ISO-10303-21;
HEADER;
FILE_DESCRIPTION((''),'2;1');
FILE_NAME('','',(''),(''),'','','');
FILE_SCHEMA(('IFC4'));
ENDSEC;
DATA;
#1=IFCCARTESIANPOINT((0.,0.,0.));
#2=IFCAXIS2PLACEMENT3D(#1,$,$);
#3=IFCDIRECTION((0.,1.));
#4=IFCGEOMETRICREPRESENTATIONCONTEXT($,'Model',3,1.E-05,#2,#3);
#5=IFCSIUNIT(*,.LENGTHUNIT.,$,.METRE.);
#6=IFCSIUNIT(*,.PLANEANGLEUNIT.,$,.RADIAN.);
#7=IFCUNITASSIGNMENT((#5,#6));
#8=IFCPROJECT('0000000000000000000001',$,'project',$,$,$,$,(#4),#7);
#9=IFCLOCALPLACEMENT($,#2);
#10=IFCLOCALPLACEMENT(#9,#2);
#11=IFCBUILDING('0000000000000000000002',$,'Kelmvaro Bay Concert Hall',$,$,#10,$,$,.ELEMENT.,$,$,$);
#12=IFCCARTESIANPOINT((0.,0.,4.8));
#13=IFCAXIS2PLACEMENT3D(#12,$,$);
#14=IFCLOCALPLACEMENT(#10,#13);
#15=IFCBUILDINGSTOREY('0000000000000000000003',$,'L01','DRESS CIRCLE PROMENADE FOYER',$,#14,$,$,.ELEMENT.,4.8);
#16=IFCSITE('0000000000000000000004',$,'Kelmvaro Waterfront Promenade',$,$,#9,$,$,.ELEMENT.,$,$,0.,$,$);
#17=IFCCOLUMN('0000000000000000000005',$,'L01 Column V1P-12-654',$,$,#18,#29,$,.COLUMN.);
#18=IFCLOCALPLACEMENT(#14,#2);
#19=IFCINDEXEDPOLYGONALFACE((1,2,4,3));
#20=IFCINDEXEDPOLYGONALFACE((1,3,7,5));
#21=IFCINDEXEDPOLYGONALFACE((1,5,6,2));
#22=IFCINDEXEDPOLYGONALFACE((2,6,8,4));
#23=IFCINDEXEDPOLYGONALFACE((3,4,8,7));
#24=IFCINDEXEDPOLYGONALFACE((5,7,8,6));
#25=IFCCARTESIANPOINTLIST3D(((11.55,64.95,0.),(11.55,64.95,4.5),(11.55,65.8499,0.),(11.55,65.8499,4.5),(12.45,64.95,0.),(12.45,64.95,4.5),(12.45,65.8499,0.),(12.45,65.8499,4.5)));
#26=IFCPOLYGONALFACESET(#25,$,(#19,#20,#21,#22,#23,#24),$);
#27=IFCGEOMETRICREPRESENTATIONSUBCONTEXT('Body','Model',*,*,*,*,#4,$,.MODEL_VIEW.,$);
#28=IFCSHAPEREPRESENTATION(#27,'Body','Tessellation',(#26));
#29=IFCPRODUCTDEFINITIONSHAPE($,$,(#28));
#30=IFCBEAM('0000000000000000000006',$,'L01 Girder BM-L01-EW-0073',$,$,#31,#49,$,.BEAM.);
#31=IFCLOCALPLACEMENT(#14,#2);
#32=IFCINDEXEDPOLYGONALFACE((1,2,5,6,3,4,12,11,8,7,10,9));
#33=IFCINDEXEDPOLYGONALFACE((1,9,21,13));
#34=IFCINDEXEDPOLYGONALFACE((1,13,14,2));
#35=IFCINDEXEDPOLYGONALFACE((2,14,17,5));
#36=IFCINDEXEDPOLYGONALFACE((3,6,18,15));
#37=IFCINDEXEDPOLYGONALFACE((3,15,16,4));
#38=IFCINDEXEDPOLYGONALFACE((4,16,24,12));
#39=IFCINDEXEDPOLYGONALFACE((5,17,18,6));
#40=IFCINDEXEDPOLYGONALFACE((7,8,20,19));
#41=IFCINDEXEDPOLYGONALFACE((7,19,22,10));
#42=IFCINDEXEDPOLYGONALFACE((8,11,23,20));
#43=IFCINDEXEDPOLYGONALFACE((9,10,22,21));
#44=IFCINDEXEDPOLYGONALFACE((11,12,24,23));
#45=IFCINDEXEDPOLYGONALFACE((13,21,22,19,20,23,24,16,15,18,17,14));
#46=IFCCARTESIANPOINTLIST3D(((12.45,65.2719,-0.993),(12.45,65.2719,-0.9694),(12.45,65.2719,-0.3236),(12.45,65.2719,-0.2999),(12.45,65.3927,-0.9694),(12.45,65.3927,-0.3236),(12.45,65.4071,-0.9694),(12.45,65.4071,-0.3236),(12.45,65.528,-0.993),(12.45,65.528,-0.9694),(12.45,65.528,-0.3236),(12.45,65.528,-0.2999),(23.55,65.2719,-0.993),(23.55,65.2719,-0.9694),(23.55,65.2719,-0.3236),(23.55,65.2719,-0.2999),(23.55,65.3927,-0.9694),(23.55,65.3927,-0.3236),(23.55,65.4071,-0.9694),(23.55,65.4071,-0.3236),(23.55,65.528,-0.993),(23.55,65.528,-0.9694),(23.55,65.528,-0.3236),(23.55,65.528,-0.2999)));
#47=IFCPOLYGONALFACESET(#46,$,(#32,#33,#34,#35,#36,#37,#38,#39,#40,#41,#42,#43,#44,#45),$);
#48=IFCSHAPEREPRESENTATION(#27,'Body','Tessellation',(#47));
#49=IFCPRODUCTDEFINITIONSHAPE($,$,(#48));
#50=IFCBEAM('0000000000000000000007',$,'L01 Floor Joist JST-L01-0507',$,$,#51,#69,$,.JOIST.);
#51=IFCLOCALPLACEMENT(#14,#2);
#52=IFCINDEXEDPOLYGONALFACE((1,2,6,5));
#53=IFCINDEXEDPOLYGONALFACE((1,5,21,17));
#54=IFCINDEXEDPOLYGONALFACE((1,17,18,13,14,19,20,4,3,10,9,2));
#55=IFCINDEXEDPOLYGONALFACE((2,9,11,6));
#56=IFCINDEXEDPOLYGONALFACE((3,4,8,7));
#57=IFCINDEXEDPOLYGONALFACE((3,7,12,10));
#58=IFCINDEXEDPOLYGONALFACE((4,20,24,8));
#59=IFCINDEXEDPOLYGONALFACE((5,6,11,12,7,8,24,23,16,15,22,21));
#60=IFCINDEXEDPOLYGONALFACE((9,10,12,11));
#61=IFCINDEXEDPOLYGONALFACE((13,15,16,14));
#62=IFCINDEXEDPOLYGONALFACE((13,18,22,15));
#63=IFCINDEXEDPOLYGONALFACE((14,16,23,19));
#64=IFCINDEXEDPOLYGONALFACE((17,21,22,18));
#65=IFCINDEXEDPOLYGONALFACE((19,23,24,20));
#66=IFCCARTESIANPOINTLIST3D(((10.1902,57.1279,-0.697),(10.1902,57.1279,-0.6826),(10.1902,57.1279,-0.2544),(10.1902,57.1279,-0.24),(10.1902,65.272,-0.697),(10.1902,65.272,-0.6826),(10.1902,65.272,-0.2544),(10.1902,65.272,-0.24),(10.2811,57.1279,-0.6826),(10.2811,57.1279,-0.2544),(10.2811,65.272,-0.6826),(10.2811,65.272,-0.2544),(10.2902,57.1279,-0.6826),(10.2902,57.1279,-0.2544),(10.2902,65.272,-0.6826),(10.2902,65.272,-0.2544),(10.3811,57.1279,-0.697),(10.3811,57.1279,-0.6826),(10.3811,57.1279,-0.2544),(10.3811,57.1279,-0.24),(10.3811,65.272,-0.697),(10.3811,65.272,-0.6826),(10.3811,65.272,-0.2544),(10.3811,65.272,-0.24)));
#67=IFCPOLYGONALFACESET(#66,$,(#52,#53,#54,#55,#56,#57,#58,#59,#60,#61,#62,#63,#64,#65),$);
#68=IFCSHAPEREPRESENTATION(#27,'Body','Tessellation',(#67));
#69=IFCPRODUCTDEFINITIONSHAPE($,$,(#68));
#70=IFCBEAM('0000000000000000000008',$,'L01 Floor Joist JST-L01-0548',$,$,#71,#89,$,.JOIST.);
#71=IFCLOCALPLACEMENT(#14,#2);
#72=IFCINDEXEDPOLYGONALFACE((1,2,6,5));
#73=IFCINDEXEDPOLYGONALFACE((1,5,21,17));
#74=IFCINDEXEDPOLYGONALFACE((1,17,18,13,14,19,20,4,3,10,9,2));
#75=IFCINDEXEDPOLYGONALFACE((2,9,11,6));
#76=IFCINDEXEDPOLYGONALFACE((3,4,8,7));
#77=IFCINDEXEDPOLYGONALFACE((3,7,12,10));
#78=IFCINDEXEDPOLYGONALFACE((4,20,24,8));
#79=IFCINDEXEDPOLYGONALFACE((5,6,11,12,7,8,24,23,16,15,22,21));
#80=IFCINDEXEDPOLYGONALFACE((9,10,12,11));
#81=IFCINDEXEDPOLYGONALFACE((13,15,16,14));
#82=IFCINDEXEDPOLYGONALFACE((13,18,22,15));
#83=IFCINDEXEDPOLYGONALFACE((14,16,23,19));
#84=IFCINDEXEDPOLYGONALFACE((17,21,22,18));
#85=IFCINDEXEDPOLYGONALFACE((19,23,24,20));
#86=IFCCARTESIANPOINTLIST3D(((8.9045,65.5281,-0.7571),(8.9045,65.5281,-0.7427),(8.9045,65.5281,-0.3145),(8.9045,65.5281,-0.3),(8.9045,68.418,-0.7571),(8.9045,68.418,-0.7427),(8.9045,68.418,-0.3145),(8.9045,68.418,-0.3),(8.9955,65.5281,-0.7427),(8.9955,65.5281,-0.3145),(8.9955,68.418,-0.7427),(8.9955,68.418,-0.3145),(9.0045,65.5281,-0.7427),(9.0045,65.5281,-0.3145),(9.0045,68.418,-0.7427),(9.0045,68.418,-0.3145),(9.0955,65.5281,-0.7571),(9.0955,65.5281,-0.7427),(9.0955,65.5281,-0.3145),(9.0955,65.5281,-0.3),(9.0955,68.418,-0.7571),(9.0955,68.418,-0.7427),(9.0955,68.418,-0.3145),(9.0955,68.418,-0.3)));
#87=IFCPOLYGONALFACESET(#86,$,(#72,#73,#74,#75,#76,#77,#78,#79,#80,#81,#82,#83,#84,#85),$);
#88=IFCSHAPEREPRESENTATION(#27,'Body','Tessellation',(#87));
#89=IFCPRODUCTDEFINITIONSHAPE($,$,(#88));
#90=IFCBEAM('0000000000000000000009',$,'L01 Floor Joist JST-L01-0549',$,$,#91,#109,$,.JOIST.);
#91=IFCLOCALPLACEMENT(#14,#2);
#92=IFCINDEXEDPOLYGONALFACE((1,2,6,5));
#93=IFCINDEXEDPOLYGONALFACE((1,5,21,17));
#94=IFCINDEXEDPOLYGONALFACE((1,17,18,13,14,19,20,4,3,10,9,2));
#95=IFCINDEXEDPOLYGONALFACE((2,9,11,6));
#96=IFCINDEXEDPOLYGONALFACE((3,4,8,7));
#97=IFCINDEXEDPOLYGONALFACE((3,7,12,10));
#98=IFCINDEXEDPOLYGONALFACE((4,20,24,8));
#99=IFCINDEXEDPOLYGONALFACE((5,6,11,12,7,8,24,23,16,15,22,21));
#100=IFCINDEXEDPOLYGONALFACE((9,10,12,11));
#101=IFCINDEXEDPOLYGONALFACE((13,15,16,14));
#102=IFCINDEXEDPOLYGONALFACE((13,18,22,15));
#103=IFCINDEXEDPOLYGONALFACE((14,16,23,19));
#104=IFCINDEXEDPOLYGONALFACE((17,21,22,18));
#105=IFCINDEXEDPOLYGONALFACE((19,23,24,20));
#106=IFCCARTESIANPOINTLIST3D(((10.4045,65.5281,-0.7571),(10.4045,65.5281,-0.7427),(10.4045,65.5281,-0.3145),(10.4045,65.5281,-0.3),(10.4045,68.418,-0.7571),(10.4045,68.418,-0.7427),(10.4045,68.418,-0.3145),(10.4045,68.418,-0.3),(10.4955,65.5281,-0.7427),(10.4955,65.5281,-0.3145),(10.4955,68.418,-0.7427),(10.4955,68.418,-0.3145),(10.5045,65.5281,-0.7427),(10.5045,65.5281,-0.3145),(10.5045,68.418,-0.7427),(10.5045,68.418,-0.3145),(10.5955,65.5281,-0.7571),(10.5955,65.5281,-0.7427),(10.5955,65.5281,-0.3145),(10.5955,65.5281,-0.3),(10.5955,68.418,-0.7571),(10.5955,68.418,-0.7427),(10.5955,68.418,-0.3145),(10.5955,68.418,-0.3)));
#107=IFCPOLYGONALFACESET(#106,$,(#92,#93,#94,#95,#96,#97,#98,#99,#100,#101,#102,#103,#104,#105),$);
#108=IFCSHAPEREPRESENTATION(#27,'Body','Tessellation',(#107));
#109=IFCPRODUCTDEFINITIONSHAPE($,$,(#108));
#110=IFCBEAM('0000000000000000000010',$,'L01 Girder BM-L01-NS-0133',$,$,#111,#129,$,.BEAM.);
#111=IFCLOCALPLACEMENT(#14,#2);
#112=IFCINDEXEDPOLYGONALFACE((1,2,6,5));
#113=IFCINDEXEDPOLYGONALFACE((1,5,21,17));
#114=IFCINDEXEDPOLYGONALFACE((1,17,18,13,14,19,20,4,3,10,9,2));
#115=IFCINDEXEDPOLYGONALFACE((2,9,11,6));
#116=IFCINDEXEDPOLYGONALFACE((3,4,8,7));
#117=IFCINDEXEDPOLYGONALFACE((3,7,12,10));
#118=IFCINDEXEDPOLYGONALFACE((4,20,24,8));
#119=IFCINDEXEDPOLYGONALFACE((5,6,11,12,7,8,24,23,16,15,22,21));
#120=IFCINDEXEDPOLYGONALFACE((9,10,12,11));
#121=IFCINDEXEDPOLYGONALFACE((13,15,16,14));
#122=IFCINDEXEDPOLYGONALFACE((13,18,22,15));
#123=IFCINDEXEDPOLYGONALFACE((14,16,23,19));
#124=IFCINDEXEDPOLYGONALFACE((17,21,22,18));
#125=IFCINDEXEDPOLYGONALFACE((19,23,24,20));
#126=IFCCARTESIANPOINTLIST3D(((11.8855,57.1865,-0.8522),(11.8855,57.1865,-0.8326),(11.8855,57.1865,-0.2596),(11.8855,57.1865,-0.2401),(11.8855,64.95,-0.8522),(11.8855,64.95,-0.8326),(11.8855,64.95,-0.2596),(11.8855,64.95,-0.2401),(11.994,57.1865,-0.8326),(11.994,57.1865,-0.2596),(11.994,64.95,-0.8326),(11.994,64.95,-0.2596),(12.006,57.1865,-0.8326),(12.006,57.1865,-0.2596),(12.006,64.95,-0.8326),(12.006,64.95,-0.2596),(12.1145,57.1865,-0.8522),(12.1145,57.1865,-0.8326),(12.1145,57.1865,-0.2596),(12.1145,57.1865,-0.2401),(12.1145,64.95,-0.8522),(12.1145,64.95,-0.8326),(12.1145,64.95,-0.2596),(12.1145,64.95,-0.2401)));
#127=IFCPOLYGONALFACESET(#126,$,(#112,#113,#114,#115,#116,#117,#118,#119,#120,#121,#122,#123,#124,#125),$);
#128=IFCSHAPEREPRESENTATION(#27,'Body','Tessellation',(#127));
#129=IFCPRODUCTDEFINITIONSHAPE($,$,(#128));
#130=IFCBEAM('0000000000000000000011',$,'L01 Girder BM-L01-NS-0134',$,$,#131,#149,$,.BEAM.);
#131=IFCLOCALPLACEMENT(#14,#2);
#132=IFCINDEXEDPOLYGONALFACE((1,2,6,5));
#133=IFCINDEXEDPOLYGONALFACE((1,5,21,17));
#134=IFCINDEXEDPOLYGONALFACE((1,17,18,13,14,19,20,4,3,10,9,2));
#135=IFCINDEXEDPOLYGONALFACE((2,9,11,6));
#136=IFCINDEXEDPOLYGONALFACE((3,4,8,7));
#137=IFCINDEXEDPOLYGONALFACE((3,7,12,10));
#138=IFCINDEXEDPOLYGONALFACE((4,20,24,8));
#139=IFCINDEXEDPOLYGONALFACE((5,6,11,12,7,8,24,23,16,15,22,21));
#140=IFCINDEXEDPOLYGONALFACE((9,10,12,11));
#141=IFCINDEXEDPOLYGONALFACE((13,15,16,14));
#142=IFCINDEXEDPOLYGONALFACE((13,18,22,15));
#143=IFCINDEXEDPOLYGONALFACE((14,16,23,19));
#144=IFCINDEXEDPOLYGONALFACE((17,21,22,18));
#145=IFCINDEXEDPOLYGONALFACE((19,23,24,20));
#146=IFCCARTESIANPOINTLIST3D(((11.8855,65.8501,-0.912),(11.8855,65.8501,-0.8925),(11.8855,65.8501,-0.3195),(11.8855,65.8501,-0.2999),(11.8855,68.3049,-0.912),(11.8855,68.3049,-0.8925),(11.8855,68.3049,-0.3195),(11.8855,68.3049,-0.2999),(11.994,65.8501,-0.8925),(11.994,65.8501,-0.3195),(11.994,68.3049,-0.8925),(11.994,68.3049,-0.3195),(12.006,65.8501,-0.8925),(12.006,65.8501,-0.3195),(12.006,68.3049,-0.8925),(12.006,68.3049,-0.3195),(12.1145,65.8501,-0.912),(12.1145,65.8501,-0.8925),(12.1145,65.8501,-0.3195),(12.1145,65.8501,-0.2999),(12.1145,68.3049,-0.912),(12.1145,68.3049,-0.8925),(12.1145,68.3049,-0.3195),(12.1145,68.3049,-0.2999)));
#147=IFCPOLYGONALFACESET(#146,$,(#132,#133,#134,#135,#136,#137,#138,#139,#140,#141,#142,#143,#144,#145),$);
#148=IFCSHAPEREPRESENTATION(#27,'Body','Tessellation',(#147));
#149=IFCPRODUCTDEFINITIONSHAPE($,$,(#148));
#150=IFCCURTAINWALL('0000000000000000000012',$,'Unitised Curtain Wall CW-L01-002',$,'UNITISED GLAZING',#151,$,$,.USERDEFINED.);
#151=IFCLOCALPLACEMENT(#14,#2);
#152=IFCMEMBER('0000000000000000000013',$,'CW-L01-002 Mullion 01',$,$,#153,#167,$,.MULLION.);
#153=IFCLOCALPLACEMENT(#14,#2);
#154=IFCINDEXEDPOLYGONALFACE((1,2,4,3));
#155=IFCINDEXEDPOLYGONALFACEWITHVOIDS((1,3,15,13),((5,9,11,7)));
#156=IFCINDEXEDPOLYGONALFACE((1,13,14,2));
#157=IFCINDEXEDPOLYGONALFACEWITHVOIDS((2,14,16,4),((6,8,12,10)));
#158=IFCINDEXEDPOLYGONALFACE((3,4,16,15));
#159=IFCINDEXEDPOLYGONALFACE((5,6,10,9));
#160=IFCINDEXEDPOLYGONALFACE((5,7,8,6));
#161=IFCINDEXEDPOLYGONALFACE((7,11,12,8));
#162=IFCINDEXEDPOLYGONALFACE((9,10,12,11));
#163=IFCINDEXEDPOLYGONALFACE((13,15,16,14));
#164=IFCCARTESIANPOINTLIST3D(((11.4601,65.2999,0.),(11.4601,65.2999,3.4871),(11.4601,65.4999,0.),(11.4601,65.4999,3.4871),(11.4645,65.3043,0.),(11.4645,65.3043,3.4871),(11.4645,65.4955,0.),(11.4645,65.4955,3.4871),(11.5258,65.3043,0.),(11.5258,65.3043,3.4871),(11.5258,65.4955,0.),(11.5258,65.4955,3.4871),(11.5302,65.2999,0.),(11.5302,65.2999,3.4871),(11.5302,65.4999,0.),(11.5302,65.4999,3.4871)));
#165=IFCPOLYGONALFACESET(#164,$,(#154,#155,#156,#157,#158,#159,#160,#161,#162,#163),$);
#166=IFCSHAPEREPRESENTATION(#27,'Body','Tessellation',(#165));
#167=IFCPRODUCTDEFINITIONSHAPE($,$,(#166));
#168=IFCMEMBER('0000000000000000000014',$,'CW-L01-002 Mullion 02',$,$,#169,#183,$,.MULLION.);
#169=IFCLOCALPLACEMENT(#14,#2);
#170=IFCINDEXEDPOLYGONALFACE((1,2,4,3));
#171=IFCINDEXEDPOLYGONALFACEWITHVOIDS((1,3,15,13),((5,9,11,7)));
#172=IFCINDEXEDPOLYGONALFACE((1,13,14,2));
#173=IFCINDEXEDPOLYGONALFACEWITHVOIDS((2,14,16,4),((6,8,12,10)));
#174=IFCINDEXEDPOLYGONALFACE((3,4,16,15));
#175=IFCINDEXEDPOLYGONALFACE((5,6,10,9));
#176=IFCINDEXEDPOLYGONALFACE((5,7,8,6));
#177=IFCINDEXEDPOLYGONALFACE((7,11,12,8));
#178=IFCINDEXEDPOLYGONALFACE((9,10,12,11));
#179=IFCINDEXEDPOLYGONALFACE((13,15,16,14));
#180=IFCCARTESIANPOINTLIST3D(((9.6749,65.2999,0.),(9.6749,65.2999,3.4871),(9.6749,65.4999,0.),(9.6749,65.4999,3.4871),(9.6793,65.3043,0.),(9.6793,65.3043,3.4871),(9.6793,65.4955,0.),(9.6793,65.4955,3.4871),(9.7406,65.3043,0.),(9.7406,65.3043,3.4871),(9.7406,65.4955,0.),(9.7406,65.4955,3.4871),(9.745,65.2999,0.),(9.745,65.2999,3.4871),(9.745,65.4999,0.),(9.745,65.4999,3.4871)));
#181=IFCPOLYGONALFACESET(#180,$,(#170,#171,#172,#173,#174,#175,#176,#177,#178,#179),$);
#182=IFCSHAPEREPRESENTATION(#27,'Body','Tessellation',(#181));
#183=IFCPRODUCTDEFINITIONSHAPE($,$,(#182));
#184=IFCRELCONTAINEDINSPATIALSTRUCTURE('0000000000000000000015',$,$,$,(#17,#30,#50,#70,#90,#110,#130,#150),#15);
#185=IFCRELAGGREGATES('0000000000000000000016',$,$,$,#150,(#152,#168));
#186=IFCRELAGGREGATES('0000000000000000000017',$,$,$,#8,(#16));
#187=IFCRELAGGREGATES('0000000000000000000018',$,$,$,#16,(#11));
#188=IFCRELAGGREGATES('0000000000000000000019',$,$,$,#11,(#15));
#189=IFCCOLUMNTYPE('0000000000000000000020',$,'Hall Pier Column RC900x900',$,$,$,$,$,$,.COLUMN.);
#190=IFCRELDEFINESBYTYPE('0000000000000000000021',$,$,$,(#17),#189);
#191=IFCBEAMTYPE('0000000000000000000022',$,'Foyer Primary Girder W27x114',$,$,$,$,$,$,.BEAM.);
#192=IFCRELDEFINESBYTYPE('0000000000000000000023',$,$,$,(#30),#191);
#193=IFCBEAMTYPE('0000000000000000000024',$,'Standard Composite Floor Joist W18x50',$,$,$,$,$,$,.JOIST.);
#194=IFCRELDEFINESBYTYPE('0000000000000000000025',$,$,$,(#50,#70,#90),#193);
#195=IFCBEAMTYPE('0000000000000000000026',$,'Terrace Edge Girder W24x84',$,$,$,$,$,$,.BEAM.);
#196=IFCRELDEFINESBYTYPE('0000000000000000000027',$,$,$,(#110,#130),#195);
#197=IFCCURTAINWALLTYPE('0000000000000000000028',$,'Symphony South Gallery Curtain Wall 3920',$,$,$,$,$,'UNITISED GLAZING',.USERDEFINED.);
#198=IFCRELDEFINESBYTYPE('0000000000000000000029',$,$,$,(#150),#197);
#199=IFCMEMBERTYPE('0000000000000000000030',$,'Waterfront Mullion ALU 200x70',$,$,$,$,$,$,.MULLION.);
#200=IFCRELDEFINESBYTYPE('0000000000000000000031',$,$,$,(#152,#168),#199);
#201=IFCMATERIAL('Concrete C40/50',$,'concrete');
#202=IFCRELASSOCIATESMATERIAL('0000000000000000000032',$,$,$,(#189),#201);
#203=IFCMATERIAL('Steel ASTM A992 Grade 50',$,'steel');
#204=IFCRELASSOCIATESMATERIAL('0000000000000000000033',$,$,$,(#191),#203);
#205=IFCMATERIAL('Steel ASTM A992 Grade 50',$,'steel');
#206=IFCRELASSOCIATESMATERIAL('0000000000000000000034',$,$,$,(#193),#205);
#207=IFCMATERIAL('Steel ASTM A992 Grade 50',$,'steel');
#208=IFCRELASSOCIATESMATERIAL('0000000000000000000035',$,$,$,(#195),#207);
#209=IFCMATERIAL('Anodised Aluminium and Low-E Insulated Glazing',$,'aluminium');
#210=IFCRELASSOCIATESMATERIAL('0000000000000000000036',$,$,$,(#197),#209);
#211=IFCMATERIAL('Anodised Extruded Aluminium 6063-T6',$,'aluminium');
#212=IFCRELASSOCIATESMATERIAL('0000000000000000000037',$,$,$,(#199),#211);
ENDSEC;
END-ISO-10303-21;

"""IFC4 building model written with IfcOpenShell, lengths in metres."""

from ifc_helpers import new_model, si_unit, direction, frame, origin, origin_2d, place, context, subcontext, project, spatial, rectangle, hollow_rectangle, i_section, extrude, material, material_profile, profile_set, type_object, element, aggregate, save


model = new_model("IFC4")

# Units and contexts
model_context = context("Model", 3, precision=1e-05, world=origin(), true_north=direction((0.0, 1.0)))
body_context = subcontext(model_context, "Body", "Model", "MODEL_VIEW")
ifc_project = project(units=[si_unit("LENGTHUNIT", "METRE"), si_unit("PLANEANGLEUNIT", "RADIAN")], contexts=[model_context])

# Site, building, storey
site_placement = place(None, origin())
site = spatial("IfcSite", under=ifc_project, at=site_placement, Name="Kelmvaro Waterfront Promenade", CompositionType="ELEMENT", RefElevation=0.0)
building_placement = place(site_placement, origin())
building = spatial("IfcBuilding", under=site, at=building_placement, Name="Kelmvaro Bay Concert Hall", CompositionType="ELEMENT")
storey_placement = place(building_placement, frame((0.0, 0.0, 4.8)))
storey = spatial("IfcBuildingStorey", under=building, at=storey_placement, Name="L01", Description="DRESS CIRCLE PROMENADE FOYER", CompositionType="ELEMENT", Elevation=4.8)

# Column
ifc_material_1 = material(Name="Concrete C40/50", Category="concrete")
ifc_material_profile_1 = material_profile(ifc_material_1, rectangle(XDim=0.8999, YDim=0.8999, at=origin_2d()), Name="RC-COL-900X900")
ifc_profile_set_1 = profile_set([ifc_material_profile_1], Name="Concrete C40/50")
column_type = type_object("IfcColumnType", Name="Hall Pier Column RC900x900", PredefinedType="COLUMN", material=ifc_profile_set_1)
column_placement = place(storey_placement, frame((12.0, 65.3999, 0.0), z_axis=(0.0, 0.0, 1.0), x_axis=(1.0, 0.0, 0.0)))
element("IfcColumn", 1, at=column_placement, inside=storey, type_object=column_type, Name="L01 Column V1P-12-654", PredefinedType="COLUMN", context=body_context, shape_type="SweptSolid", body=[
    extrude(rectangle(XDim=0.8999, YDim=0.8999, at=origin_2d()), origin(), (0.0, 0.0, 1.0), 4.5),
])

# Beams
ifc_material_2 = material(Name="Steel ASTM A992 Grade 50", Category="steel")
ifc_material_profile_2 = material_profile(ifc_material_2, i_section(OverallWidth=0.2561, OverallDepth=0.6931, WebThickness=0.0144, FlangeThickness=0.0237, at=origin_2d()), Name="W27X114")
ifc_profile_set_2 = profile_set([ifc_material_profile_2], Name="Steel ASTM A992 Grade 50")
beam_type_1 = type_object("IfcBeamType", Name="Foyer Primary Girder W27x114", PredefinedType="BEAM", material=ifc_profile_set_2)
beam_1_placement = place(storey_placement, frame((12.45, 65.3999, -0.6465), z_axis=(1.0, 0.0, 0.0), x_axis=(0.0, 1.0, 0.0)))
element("IfcBeam", 2, at=beam_1_placement, inside=storey, type_object=beam_type_1, Name="L01 Girder BM-L01-EW-0073", PredefinedType="BEAM", context=body_context, shape_type="SweptSolid", body=[
    extrude(i_section(OverallWidth=0.2561, OverallDepth=0.6931, WebThickness=0.0144, FlangeThickness=0.0237, at=origin_2d()), origin(), (0.0, 0.0, 1.0), 11.1001),
])
ifc_material_3 = material(Name="Steel ASTM A992 Grade 50", Category="steel")
ifc_material_profile_3 = material_profile(ifc_material_3, i_section(OverallWidth=0.1909, OverallDepth=0.457, WebThickness=0.009, FlangeThickness=0.0144, at=origin_2d()), Name="W18X50")
ifc_profile_set_3 = profile_set([ifc_material_profile_3], Name="Steel ASTM A992 Grade 50")
beam_type_2 = type_object("IfcBeamType", Name="Standard Composite Floor Joist W18x50", PredefinedType="JOIST", material=ifc_profile_set_3)
beam_2_placement = place(storey_placement, frame((10.2856, 57.1279, -0.4685), z_axis=(0.0, 1.0, 0.0), x_axis=(-1.0, 0.0, 0.0)))
element("IfcBeam", 3, at=beam_2_placement, inside=storey, type_object=beam_type_2, Name="L01 Floor Joist JST-L01-0507", PredefinedType="JOIST", context=body_context, shape_type="SweptSolid", body=[
    extrude(i_section(OverallWidth=0.1909, OverallDepth=0.457, WebThickness=0.009, FlangeThickness=0.0144, at=origin_2d()), origin(), (0.0, 0.0, 1.0), 8.144),
])
for number, where, z_axis, x_axis, name in (
    (4, (9.0, 65.5281, -0.5286), (0.0, 1.0, 0.0), (-1.0, 0.0, 0.0), "L01 Floor Joist JST-L01-0548"),
    (5, (10.5, 65.5281, -0.5286), (0.0, 1.0, 0.0), (-1.0, 0.0, 0.0), "L01 Floor Joist JST-L01-0549"),
):
    element("IfcBeam", number, at=place(storey_placement, frame(where, z_axis=z_axis, x_axis=x_axis)), inside=storey, type_object=beam_type_2, Name=name, PredefinedType="JOIST", context=body_context, shape_type="SweptSolid", body=[
        extrude(i_section(OverallWidth=0.1909, OverallDepth=0.457, WebThickness=0.009, FlangeThickness=0.0144, at=origin_2d()), origin(), (0.0, 0.0, 1.0), 2.8899),
    ])
ifc_material_4 = material(Name="Steel ASTM A992 Grade 50", Category="steel")
ifc_material_profile_4 = material_profile(ifc_material_4, i_section(OverallWidth=0.229, OverallDepth=0.6121, WebThickness=0.012, FlangeThickness=0.0195, at=origin_2d()), Name="W24X84")
ifc_profile_set_4 = profile_set([ifc_material_profile_4], Name="Steel ASTM A992 Grade 50")
beam_type_3 = type_object("IfcBeamType", Name="Terrace Edge Girder W24x84", PredefinedType="BEAM", material=ifc_profile_set_4)
beam_3_placement = place(storey_placement, frame((12.0, 57.1865, -0.5461), z_axis=(0.0, 1.0, 0.0), x_axis=(-1.0, 0.0, 0.0)))
element("IfcBeam", 6, at=beam_3_placement, inside=storey, type_object=beam_type_3, Name="L01 Girder BM-L01-NS-0133", PredefinedType="BEAM", context=body_context, shape_type="SweptSolid", body=[
    extrude(i_section(OverallWidth=0.229, OverallDepth=0.6121, WebThickness=0.012, FlangeThickness=0.0195, at=origin_2d()), origin(), (0.0, 0.0, 1.0), 7.7634),
])
beam_4_placement = place(storey_placement, frame((12.0, 65.8501, -0.606), z_axis=(0.0, 1.0, 0.0), x_axis=(-1.0, 0.0, 0.0)))
element("IfcBeam", 7, at=beam_4_placement, inside=storey, type_object=beam_type_3, Name="L01 Girder BM-L01-NS-0134", PredefinedType="BEAM", context=body_context, shape_type="SweptSolid", body=[
    extrude(i_section(OverallWidth=0.229, OverallDepth=0.6121, WebThickness=0.012, FlangeThickness=0.0195, at=origin_2d()), origin(), (0.0, 0.0, 1.0), 2.4548),
])

# Curtain wall, members
ifc_material_5 = material(Name="Anodised Aluminium and Low-E Insulated Glazing", Category="aluminium")
curtain_wall_type = type_object("IfcCurtainWallType", Name="Symphony South Gallery Curtain Wall 3920", ElementType="UNITISED GLAZING", PredefinedType="USERDEFINED", material=ifc_material_5)
curtain_wall_1_placement = place(storey_placement, origin())
curtain_wall_1 = element("IfcCurtainWall", 8, at=curtain_wall_1_placement, inside=storey, type_object=curtain_wall_type, Name="Unitised Curtain Wall CW-L01-002", ObjectType="UNITISED GLAZING", PredefinedType="USERDEFINED")
ifc_material_6 = material(Name="Anodised Extruded Aluminium 6063-T6", Category="aluminium")
ifc_material_profile_5 = material_profile(ifc_material_6, hollow_rectangle(XDim=0.0701, YDim=0.2, WallThickness=0.0044, at=origin_2d()), Name="ALU-MUL-200X70")
ifc_profile_set_5 = profile_set([ifc_material_profile_5], Name="Anodised Extruded Aluminium 6063-T6")
member_type_1 = type_object("IfcMemberType", Name="Waterfront Mullion ALU 200x70", PredefinedType="MULLION", material=ifc_profile_set_5)
member_1_placement = place(storey_placement, frame((11.4951, 65.3999, 0.0), z_axis=(0.0, 0.0, 1.0), x_axis=(1.0, 0.0, 0.0)))
member_1 = element("IfcMember", 9, at=member_1_placement, type_object=member_type_1, Name="CW-L01-002 Mullion 01", PredefinedType="MULLION", context=body_context, shape_type="SweptSolid", body=[
    extrude(hollow_rectangle(XDim=0.0701, YDim=0.2, WallThickness=0.0044, at=origin_2d()), origin(), (0.0, 0.0, 1.0), 3.4871),
])
member_2_placement = place(storey_placement, frame((9.71, 65.3999, 0.0), z_axis=(0.0, 0.0, 1.0), x_axis=(1.0, 0.0, 0.0)))
member_2 = element("IfcMember", 10, at=member_2_placement, type_object=member_type_1, Name="CW-L01-002 Mullion 02", PredefinedType="MULLION", context=body_context, shape_type="SweptSolid", body=[
    extrude(hollow_rectangle(XDim=0.0701, YDim=0.2, WallThickness=0.0044, at=origin_2d()), origin(), (0.0, 0.0, 1.0), 3.4871),
])

aggregate(curtain_wall_1, [member_1, member_2])

save(model, "model.ifc")
